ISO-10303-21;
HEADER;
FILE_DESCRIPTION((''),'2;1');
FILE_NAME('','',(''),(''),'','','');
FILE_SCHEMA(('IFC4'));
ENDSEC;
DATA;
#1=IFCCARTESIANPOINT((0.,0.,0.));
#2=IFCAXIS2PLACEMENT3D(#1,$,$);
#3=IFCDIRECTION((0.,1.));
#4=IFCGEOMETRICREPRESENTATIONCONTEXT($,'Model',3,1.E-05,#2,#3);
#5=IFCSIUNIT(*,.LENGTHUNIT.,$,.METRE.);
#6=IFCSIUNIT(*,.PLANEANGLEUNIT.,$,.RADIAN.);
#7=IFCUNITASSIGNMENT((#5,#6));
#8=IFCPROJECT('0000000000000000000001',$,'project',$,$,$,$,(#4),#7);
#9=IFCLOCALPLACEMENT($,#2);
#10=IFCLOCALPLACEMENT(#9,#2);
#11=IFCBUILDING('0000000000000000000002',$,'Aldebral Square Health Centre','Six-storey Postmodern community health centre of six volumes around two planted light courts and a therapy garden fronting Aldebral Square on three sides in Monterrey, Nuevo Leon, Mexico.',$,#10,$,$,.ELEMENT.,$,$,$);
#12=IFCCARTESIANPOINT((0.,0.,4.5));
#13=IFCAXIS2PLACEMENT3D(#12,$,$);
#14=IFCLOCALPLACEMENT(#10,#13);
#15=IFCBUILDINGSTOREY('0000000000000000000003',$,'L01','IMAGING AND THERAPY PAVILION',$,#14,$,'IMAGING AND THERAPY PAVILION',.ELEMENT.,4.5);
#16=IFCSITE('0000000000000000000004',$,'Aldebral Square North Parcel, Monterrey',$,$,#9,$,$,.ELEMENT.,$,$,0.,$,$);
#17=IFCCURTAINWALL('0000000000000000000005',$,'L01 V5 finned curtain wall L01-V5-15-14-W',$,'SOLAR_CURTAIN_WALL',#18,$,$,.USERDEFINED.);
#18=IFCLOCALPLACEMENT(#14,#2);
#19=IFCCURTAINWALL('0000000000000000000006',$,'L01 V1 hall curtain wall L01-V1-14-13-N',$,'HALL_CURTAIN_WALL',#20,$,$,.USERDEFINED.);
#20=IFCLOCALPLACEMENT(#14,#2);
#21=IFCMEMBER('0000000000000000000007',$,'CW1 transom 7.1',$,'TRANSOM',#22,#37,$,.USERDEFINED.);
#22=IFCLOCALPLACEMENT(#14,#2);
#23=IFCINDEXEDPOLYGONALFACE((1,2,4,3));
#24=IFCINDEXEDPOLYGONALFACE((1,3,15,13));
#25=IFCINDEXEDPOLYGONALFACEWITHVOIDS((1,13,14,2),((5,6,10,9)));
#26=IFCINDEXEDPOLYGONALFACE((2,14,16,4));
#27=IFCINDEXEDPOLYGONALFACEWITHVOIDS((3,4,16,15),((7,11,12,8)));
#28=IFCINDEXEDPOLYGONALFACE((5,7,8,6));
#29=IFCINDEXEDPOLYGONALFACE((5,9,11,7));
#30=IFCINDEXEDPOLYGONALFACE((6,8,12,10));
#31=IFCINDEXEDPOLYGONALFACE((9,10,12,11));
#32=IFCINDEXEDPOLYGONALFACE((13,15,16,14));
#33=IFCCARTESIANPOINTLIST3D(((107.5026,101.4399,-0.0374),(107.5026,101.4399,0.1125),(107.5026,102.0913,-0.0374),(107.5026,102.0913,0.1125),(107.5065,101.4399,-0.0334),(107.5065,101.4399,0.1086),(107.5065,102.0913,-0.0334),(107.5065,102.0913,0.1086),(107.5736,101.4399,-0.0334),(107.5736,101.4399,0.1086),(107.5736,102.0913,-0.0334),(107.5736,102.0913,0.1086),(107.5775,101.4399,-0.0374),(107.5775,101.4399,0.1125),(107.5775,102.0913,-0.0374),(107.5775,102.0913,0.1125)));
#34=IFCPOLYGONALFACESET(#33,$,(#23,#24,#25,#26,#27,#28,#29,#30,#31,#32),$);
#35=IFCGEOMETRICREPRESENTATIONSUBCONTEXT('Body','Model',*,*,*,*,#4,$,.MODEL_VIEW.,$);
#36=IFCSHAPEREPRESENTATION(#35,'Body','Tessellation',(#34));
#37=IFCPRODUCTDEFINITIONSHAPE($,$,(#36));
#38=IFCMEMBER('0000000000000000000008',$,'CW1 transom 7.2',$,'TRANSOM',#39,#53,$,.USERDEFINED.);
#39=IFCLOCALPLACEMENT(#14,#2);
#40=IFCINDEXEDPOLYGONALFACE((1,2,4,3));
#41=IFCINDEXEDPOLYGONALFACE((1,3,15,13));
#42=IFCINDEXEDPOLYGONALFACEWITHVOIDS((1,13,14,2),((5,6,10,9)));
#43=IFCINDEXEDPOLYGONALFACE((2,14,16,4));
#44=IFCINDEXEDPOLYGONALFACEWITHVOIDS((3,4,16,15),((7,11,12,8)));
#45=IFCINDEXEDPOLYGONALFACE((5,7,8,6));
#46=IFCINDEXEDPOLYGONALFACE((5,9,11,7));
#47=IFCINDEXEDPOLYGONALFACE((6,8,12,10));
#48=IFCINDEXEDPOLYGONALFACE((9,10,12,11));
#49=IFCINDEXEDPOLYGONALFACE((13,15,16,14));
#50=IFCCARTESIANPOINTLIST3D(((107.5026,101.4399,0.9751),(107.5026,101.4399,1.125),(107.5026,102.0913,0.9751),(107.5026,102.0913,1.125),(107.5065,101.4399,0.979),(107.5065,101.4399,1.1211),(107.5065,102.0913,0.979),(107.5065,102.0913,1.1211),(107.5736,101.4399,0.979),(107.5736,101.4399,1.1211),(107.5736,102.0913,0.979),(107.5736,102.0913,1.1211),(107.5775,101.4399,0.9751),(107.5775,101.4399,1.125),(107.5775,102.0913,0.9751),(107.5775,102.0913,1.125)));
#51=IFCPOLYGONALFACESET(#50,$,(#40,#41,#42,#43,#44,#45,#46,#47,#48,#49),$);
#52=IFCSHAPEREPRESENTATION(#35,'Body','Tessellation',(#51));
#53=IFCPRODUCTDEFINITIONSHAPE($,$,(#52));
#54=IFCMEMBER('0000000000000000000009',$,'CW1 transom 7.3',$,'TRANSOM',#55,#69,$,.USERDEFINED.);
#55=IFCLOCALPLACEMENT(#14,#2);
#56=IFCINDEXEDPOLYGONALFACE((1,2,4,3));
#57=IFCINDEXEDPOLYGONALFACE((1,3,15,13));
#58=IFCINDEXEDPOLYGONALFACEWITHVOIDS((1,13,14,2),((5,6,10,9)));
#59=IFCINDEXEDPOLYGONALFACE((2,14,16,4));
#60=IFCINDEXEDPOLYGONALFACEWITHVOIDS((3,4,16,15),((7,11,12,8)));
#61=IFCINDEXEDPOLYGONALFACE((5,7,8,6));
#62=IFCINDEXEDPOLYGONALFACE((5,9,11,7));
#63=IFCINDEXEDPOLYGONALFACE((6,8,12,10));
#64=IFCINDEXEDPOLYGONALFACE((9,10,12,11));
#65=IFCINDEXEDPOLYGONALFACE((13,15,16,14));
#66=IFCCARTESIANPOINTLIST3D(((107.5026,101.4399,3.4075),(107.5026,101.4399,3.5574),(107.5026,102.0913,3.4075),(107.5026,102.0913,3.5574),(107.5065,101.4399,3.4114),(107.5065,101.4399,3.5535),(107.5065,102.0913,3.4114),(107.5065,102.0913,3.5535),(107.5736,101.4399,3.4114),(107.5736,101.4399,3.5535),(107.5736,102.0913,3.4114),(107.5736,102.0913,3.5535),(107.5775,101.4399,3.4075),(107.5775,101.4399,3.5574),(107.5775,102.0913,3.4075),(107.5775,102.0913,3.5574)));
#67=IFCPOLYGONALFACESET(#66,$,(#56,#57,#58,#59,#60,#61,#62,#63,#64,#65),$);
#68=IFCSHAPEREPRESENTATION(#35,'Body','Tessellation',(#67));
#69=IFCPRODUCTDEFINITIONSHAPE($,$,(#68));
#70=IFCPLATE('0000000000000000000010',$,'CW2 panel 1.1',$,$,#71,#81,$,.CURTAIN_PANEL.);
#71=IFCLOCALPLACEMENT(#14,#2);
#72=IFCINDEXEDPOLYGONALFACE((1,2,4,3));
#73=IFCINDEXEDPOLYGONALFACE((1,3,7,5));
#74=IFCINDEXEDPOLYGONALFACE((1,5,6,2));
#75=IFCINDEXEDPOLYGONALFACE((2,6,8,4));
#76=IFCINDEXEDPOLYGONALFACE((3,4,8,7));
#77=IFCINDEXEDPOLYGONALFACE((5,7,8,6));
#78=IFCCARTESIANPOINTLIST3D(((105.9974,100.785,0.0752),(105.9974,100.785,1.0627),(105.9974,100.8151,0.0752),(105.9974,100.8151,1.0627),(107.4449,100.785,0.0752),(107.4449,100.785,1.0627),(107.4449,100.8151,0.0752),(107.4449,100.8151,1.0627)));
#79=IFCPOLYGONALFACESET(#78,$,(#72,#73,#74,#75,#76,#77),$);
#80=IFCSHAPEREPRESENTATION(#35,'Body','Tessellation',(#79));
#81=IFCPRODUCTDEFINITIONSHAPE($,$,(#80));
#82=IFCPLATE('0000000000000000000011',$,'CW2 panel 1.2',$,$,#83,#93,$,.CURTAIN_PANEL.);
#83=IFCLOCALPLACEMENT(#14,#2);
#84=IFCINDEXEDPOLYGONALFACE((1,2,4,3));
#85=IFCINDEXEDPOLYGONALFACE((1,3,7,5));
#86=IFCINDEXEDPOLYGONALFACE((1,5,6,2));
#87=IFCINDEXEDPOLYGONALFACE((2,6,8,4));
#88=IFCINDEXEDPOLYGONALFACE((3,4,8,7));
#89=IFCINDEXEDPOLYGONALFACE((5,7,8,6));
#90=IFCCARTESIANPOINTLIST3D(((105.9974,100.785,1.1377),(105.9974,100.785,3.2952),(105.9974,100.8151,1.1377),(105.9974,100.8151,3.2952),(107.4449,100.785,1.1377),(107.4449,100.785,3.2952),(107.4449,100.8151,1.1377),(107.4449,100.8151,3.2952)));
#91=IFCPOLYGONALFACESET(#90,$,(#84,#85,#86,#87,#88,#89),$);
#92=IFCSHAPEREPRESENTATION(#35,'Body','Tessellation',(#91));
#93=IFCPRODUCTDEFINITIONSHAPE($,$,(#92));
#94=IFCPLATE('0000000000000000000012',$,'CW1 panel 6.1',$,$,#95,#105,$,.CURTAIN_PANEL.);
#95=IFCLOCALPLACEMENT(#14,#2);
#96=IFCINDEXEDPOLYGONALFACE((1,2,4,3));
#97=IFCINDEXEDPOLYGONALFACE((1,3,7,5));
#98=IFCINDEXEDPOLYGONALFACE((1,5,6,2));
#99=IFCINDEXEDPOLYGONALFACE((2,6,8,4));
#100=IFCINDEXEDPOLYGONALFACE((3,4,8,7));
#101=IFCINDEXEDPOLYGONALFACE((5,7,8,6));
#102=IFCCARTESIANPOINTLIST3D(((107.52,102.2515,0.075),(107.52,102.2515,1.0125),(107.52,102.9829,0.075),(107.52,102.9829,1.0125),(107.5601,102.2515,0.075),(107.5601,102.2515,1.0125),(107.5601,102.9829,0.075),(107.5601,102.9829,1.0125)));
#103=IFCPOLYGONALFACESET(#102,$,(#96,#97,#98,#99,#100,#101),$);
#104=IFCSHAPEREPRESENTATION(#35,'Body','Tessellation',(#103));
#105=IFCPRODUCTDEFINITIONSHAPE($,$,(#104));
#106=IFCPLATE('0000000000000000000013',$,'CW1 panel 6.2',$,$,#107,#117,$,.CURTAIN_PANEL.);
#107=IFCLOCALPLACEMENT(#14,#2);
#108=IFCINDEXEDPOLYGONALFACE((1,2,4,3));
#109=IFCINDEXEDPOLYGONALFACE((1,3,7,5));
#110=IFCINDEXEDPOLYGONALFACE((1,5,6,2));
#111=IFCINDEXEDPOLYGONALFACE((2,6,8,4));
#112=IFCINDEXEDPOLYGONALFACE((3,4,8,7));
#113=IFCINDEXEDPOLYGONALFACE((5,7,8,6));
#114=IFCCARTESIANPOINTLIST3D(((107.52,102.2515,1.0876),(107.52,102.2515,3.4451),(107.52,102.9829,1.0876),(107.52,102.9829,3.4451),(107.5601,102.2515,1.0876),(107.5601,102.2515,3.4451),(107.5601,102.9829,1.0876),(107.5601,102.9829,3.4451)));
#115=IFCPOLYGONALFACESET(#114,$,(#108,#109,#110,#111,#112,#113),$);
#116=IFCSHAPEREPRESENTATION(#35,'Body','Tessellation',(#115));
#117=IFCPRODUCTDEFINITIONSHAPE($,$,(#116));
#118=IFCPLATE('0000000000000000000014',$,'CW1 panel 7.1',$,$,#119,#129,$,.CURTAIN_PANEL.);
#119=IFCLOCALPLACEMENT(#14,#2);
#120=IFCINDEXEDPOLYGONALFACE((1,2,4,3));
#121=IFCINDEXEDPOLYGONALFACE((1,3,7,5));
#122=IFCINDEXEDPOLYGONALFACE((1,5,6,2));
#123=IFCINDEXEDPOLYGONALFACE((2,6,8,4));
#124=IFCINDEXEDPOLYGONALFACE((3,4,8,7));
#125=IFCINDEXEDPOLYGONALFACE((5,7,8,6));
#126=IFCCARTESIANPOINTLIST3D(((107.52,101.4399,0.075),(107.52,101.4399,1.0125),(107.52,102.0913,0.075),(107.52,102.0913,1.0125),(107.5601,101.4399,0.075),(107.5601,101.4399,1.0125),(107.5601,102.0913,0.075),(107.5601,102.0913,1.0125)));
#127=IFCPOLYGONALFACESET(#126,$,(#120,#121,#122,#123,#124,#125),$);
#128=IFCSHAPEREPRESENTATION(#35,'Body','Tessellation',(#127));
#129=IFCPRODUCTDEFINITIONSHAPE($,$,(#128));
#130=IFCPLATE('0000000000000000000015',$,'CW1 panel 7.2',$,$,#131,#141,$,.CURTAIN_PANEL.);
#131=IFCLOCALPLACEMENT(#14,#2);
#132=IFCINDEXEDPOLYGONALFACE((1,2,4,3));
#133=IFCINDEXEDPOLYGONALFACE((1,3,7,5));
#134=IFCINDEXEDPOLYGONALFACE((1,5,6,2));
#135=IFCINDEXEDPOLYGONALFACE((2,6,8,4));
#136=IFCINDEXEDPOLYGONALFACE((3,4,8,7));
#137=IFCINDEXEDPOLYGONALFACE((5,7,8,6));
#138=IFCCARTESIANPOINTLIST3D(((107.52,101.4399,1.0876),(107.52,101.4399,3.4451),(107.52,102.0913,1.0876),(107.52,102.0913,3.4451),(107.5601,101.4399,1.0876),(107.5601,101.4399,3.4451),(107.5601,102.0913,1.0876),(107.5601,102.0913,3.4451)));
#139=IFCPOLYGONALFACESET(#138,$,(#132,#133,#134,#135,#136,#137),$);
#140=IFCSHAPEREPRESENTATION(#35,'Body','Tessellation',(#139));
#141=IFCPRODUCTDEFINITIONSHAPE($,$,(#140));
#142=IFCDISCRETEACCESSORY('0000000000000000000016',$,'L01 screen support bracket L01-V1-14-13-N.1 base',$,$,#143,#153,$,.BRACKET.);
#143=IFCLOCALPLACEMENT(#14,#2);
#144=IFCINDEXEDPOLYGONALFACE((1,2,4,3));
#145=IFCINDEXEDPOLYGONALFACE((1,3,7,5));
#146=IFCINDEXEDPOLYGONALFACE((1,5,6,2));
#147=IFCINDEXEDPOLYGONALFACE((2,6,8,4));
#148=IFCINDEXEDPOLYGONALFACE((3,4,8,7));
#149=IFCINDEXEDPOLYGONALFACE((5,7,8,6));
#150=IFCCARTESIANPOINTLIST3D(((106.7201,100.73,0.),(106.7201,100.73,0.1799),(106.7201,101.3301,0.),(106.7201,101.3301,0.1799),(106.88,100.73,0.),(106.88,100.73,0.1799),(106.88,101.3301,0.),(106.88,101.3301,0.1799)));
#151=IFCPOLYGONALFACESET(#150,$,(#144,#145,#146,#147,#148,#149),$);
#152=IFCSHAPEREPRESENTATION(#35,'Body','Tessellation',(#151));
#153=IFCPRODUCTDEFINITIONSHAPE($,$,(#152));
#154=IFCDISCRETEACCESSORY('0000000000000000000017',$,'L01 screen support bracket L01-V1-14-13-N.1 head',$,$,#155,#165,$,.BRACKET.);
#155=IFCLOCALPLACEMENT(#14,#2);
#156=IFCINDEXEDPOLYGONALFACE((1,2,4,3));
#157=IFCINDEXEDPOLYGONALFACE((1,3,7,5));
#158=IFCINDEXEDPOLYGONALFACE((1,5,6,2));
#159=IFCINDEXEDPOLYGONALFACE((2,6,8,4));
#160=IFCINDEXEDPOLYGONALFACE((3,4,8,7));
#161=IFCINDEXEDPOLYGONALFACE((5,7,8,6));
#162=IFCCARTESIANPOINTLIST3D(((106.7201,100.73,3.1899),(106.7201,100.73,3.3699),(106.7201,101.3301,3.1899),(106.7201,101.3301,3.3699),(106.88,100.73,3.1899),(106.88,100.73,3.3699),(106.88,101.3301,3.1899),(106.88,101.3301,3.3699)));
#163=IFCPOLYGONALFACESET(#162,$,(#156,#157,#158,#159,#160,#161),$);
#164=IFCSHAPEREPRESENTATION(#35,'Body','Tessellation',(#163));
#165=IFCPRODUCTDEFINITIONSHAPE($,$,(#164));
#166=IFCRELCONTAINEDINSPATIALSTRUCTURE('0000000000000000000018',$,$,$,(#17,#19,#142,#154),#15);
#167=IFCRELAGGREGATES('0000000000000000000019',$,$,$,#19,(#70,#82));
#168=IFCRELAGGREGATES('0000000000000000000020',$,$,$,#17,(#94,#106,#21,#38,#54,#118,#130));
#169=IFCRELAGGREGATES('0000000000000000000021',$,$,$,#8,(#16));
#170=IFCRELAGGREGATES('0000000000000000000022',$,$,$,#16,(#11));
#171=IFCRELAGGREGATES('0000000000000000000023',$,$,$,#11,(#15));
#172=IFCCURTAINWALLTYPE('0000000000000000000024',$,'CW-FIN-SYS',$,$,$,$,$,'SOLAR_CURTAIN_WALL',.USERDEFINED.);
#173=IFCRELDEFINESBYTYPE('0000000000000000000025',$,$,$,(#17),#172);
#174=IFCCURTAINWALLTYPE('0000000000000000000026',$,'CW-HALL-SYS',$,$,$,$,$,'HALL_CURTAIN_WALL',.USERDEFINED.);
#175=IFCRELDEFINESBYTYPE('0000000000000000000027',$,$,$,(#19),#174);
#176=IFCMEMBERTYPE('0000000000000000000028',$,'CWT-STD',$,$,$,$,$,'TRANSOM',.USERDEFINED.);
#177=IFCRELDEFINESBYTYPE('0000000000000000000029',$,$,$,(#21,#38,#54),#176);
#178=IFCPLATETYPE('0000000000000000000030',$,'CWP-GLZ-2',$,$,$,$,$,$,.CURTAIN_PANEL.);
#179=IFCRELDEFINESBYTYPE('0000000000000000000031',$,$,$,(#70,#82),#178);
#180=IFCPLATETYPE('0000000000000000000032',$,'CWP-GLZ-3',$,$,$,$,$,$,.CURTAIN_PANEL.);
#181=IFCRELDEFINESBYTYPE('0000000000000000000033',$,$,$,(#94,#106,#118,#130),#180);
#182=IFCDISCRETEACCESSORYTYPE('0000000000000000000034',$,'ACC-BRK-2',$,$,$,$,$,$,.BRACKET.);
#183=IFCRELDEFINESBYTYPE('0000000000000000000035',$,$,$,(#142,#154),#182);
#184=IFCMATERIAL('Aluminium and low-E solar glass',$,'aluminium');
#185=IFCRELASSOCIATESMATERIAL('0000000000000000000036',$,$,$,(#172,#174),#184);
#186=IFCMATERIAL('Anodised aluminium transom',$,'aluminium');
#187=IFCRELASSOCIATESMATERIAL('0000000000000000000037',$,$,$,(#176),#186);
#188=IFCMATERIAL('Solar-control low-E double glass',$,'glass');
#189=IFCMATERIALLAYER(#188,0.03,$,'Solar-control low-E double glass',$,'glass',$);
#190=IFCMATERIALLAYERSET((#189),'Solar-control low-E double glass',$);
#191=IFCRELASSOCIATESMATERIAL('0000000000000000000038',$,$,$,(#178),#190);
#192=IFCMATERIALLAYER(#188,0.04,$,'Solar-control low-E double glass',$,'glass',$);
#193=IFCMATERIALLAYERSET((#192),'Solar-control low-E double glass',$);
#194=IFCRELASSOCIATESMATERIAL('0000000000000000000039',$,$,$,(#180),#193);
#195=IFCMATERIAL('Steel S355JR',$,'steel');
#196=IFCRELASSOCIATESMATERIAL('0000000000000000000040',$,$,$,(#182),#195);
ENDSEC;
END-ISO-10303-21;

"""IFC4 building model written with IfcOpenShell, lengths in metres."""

from ifc_helpers import new_model, si_unit, direction, frame, origin, origin_2d, place, context, subcontext, project, spatial, rectangle, hollow_rectangle, extrude, material, layer, layer_set, material_profile, profile_set, type_object, element, aggregate, save


model = new_model("IFC4")

# Units and contexts
model_context = context("Model", 3, precision=1e-05, world=origin(), true_north=direction((0.0, 1.0)))
body_context = subcontext(model_context, "Body", "Model", "MODEL_VIEW")
ifc_project = project(units=[si_unit("LENGTHUNIT", "METRE"), si_unit("PLANEANGLEUNIT", "RADIAN")], contexts=[model_context])

# Site, building, storey
site_placement = place(None, origin())
site = spatial("IfcSite", under=ifc_project, at=site_placement, Name="Aldebral Square North Parcel, Monterrey", CompositionType="ELEMENT", RefElevation=0.0)
building_placement = place(site_placement, origin())
building = spatial("IfcBuilding", under=site, at=building_placement, Name="Aldebral Square Health Centre", Description="Six-storey Postmodern community health centre of six volumes around two planted light courts and a therapy garden fronting Aldebral Square on three sides in Monterrey, Nuevo Leon, Mexico.", CompositionType="ELEMENT")
storey_placement = place(building_placement, frame((0.0, 0.0, 4.5)))
storey = spatial("IfcBuildingStorey", under=building, at=storey_placement, Name="L01", Description="IMAGING AND THERAPY PAVILION", LongName="IMAGING AND THERAPY PAVILION", CompositionType="ELEMENT", Elevation=4.5)

# Curtain walls
ifc_material_1 = material(Name="Aluminium and low-E solar glass", Category="aluminium")
curtain_wall_type_1 = type_object("IfcCurtainWallType", Name="CW-FIN-SYS", ElementType="SOLAR_CURTAIN_WALL", PredefinedType="USERDEFINED", material=ifc_material_1)
curtain_wall_1_placement = place(storey_placement, origin())
curtain_wall_1 = element("IfcCurtainWall", 1, at=curtain_wall_1_placement, inside=storey, type_object=curtain_wall_type_1, Name="L01 V5 finned curtain wall L01-V5-15-14-W", ObjectType="SOLAR_CURTAIN_WALL", PredefinedType="USERDEFINED")
curtain_wall_type_2 = type_object("IfcCurtainWallType", Name="CW-HALL-SYS", ElementType="HALL_CURTAIN_WALL", PredefinedType="USERDEFINED", material=ifc_material_1)
curtain_wall_2_placement = place(storey_placement, origin())
curtain_wall_2 = element("IfcCurtainWall", 2, at=curtain_wall_2_placement, inside=storey, type_object=curtain_wall_type_2, Name="L01 V1 hall curtain wall L01-V1-14-13-N", ObjectType="HALL_CURTAIN_WALL", PredefinedType="USERDEFINED")
ifc_material_2 = material(Name="Anodised aluminium transom", Category="aluminium")
ifc_material_profile_1 = material_profile(ifc_material_2, hollow_rectangle(XDim=0.075, YDim=0.1499, WallThickness=0.0039, at=origin_2d()), Name="CWT 75x150x4")
ifc_profile_set_1 = profile_set([ifc_material_profile_1], Name="Anodised aluminium transom")
member_type_1 = type_object("IfcMemberType", Name="CWT-STD", ElementType="TRANSOM", PredefinedType="USERDEFINED", material=ifc_profile_set_1)

# Members
member_1_placement = place(storey_placement, frame((107.54, 102.0913, 0.0376), z_axis=(0.0, -1.0, 0.0), x_axis=(1.0, 0.0, 0.0)))
member_1 = element("IfcMember", 3, at=member_1_placement, type_object=member_type_1, Name="CW1 transom 7.1", ObjectType="TRANSOM", PredefinedType="USERDEFINED", context=body_context, shape_type="SweptSolid", body=[
    extrude(hollow_rectangle(XDim=0.075, YDim=0.1499, WallThickness=0.0039, at=origin_2d()), origin(), (0.0, 0.0, 1.0), 0.6514),
])
member_2_placement = place(storey_placement, frame((107.54, 102.0913, 1.05), z_axis=(0.0, -1.0, 0.0), x_axis=(1.0, 0.0, 0.0)))
member_2 = element("IfcMember", 4, at=member_2_placement, type_object=member_type_1, Name="CW1 transom 7.2", ObjectType="TRANSOM", PredefinedType="USERDEFINED", context=body_context, shape_type="SweptSolid", body=[
    extrude(hollow_rectangle(XDim=0.075, YDim=0.1499, WallThickness=0.0039, at=origin_2d()), origin(), (0.0, 0.0, 1.0), 0.6514),
])
member_3_placement = place(storey_placement, frame((107.54, 102.0913, 3.4824), z_axis=(0.0, -1.0, 0.0), x_axis=(1.0, 0.0, 0.0)))
member_3 = element("IfcMember", 5, at=member_3_placement, type_object=member_type_1, Name="CW1 transom 7.3", ObjectType="TRANSOM", PredefinedType="USERDEFINED", context=body_context, shape_type="SweptSolid", body=[
    extrude(hollow_rectangle(XDim=0.075, YDim=0.1499, WallThickness=0.0039, at=origin_2d()), origin(), (0.0, 0.0, 1.0), 0.6514),
])

# Plates
ifc_material_3 = material(Name="Solar-control low-E double glass", Category="glass")
ifc_layer_1 = layer(ifc_material_3, 0.03, Name="Solar-control low-E double glass", Category="glass")
ifc_layer_set_1 = layer_set([ifc_layer_1], Name="Solar-control low-E double glass")
plate_type_1 = type_object("IfcPlateType", Name="CWP-GLZ-2", PredefinedType="CURTAIN_PANEL", material=ifc_layer_set_1)
plate_1_placement = place(storey_placement, frame((106.7212, 100.8, 0.0752), z_axis=(0.0, 0.0, 1.0), x_axis=(-1.0, 0.0, 0.0)))
plate_1 = element("IfcPlate", 6, at=plate_1_placement, type_object=plate_type_1, Name="CW2 panel 1.1", PredefinedType="CURTAIN_PANEL", context=body_context, shape_type="SweptSolid", body=[
    extrude(rectangle(XDim=1.4475, YDim=0.03, at=origin_2d()), origin(), (0.0, 0.0, 1.0), 0.9875),
])
plate_2_placement = place(storey_placement, frame((106.7212, 100.8, 1.1377), z_axis=(0.0, 0.0, 1.0), x_axis=(-1.0, 0.0, 0.0)))
plate_2 = element("IfcPlate", 7, at=plate_2_placement, type_object=plate_type_1, Name="CW2 panel 1.2", PredefinedType="CURTAIN_PANEL", context=body_context, shape_type="SweptSolid", body=[
    extrude(rectangle(XDim=1.4475, YDim=0.03, at=origin_2d()), origin(), (0.0, 0.0, 1.0), 2.1575),
])
aggregate(curtain_wall_2, [plate_1, plate_2])
ifc_layer_2 = layer(ifc_material_3, 0.04, Name="Solar-control low-E double glass", Category="glass")
ifc_layer_set_2 = layer_set([ifc_layer_2], Name="Solar-control low-E double glass")
plate_type_2 = type_object("IfcPlateType", Name="CWP-GLZ-3", PredefinedType="CURTAIN_PANEL", material=ifc_layer_set_2)
plate_3_placement = place(storey_placement, frame((107.54, 102.6172, 0.075), z_axis=(0.0, 0.0, 1.0), x_axis=(0.0, -1.0, 0.0)))
plate_3 = element("IfcPlate", 8, at=plate_3_placement, type_object=plate_type_2, Name="CW1 panel 6.1", PredefinedType="CURTAIN_PANEL", context=body_context, shape_type="SweptSolid", body=[
    extrude(rectangle(XDim=0.7314, YDim=0.04, at=origin_2d()), origin(), (0.0, 0.0, 1.0), 0.9375),
])
plate_4_placement = place(storey_placement, frame((107.54, 102.6172, 1.0876), z_axis=(0.0, 0.0, 1.0), x_axis=(0.0, -1.0, 0.0)))
plate_4 = element("IfcPlate", 9, at=plate_4_placement, type_object=plate_type_2, Name="CW1 panel 6.2", PredefinedType="CURTAIN_PANEL", context=body_context, shape_type="SweptSolid", body=[
    extrude(rectangle(XDim=0.7314, YDim=0.04, at=origin_2d()), origin(), (0.0, 0.0, 1.0), 2.3574),
])
plate_5_placement = place(storey_placement, frame((107.54, 101.7656, 0.075), z_axis=(0.0, 0.0, 1.0), x_axis=(0.0, -1.0, 0.0)))
plate_5 = element("IfcPlate", 10, at=plate_5_placement, type_object=plate_type_2, Name="CW1 panel 7.1", PredefinedType="CURTAIN_PANEL", context=body_context, shape_type="SweptSolid", body=[
    extrude(rectangle(XDim=0.6514, YDim=0.04, at=origin_2d()), origin(), (0.0, 0.0, 1.0), 0.9375),
])
plate_6_placement = place(storey_placement, frame((107.54, 101.7656, 1.0876), z_axis=(0.0, 0.0, 1.0), x_axis=(0.0, -1.0, 0.0)))
plate_6 = element("IfcPlate", 11, at=plate_6_placement, type_object=plate_type_2, Name="CW1 panel 7.2", PredefinedType="CURTAIN_PANEL", context=body_context, shape_type="SweptSolid", body=[
    extrude(rectangle(XDim=0.6514, YDim=0.04, at=origin_2d()), origin(), (0.0, 0.0, 1.0), 2.3574),
])
aggregate(curtain_wall_1, [plate_3, plate_4, member_1, member_2, member_3, plate_5, plate_6])

# Discrete accessories
ifc_material_4 = material(Name="Steel S355JR", Category="steel")
discrete_accessory_type = type_object("IfcDiscreteAccessoryType", Name="ACC-BRK-2", PredefinedType="BRACKET", material=ifc_material_4)
for number, where, z_axis, x_axis, name in (
    (12, (106.8, 101.03, 0.0), (0.0, 0.0, 1.0), (1.0, 0.0, 0.0), "L01 screen support bracket L01-V1-14-13-N.1 base"),
    (13, (106.8, 101.03, 3.1899), (0.0, 0.0, 1.0), (1.0, 0.0, 0.0), "L01 screen support bracket L01-V1-14-13-N.1 head"),
):
    element("IfcDiscreteAccessory", number, at=place(storey_placement, frame(where, z_axis=z_axis, x_axis=x_axis)), inside=storey, type_object=discrete_accessory_type, Name=name, PredefinedType="BRACKET", context=body_context, shape_type="SweptSolid", body=[
        extrude(rectangle(XDim=0.1599, YDim=0.6001, at=origin_2d()), origin(), (0.0, 0.0, 1.0), 0.1799),
    ])

save(model, "model.ifc")
